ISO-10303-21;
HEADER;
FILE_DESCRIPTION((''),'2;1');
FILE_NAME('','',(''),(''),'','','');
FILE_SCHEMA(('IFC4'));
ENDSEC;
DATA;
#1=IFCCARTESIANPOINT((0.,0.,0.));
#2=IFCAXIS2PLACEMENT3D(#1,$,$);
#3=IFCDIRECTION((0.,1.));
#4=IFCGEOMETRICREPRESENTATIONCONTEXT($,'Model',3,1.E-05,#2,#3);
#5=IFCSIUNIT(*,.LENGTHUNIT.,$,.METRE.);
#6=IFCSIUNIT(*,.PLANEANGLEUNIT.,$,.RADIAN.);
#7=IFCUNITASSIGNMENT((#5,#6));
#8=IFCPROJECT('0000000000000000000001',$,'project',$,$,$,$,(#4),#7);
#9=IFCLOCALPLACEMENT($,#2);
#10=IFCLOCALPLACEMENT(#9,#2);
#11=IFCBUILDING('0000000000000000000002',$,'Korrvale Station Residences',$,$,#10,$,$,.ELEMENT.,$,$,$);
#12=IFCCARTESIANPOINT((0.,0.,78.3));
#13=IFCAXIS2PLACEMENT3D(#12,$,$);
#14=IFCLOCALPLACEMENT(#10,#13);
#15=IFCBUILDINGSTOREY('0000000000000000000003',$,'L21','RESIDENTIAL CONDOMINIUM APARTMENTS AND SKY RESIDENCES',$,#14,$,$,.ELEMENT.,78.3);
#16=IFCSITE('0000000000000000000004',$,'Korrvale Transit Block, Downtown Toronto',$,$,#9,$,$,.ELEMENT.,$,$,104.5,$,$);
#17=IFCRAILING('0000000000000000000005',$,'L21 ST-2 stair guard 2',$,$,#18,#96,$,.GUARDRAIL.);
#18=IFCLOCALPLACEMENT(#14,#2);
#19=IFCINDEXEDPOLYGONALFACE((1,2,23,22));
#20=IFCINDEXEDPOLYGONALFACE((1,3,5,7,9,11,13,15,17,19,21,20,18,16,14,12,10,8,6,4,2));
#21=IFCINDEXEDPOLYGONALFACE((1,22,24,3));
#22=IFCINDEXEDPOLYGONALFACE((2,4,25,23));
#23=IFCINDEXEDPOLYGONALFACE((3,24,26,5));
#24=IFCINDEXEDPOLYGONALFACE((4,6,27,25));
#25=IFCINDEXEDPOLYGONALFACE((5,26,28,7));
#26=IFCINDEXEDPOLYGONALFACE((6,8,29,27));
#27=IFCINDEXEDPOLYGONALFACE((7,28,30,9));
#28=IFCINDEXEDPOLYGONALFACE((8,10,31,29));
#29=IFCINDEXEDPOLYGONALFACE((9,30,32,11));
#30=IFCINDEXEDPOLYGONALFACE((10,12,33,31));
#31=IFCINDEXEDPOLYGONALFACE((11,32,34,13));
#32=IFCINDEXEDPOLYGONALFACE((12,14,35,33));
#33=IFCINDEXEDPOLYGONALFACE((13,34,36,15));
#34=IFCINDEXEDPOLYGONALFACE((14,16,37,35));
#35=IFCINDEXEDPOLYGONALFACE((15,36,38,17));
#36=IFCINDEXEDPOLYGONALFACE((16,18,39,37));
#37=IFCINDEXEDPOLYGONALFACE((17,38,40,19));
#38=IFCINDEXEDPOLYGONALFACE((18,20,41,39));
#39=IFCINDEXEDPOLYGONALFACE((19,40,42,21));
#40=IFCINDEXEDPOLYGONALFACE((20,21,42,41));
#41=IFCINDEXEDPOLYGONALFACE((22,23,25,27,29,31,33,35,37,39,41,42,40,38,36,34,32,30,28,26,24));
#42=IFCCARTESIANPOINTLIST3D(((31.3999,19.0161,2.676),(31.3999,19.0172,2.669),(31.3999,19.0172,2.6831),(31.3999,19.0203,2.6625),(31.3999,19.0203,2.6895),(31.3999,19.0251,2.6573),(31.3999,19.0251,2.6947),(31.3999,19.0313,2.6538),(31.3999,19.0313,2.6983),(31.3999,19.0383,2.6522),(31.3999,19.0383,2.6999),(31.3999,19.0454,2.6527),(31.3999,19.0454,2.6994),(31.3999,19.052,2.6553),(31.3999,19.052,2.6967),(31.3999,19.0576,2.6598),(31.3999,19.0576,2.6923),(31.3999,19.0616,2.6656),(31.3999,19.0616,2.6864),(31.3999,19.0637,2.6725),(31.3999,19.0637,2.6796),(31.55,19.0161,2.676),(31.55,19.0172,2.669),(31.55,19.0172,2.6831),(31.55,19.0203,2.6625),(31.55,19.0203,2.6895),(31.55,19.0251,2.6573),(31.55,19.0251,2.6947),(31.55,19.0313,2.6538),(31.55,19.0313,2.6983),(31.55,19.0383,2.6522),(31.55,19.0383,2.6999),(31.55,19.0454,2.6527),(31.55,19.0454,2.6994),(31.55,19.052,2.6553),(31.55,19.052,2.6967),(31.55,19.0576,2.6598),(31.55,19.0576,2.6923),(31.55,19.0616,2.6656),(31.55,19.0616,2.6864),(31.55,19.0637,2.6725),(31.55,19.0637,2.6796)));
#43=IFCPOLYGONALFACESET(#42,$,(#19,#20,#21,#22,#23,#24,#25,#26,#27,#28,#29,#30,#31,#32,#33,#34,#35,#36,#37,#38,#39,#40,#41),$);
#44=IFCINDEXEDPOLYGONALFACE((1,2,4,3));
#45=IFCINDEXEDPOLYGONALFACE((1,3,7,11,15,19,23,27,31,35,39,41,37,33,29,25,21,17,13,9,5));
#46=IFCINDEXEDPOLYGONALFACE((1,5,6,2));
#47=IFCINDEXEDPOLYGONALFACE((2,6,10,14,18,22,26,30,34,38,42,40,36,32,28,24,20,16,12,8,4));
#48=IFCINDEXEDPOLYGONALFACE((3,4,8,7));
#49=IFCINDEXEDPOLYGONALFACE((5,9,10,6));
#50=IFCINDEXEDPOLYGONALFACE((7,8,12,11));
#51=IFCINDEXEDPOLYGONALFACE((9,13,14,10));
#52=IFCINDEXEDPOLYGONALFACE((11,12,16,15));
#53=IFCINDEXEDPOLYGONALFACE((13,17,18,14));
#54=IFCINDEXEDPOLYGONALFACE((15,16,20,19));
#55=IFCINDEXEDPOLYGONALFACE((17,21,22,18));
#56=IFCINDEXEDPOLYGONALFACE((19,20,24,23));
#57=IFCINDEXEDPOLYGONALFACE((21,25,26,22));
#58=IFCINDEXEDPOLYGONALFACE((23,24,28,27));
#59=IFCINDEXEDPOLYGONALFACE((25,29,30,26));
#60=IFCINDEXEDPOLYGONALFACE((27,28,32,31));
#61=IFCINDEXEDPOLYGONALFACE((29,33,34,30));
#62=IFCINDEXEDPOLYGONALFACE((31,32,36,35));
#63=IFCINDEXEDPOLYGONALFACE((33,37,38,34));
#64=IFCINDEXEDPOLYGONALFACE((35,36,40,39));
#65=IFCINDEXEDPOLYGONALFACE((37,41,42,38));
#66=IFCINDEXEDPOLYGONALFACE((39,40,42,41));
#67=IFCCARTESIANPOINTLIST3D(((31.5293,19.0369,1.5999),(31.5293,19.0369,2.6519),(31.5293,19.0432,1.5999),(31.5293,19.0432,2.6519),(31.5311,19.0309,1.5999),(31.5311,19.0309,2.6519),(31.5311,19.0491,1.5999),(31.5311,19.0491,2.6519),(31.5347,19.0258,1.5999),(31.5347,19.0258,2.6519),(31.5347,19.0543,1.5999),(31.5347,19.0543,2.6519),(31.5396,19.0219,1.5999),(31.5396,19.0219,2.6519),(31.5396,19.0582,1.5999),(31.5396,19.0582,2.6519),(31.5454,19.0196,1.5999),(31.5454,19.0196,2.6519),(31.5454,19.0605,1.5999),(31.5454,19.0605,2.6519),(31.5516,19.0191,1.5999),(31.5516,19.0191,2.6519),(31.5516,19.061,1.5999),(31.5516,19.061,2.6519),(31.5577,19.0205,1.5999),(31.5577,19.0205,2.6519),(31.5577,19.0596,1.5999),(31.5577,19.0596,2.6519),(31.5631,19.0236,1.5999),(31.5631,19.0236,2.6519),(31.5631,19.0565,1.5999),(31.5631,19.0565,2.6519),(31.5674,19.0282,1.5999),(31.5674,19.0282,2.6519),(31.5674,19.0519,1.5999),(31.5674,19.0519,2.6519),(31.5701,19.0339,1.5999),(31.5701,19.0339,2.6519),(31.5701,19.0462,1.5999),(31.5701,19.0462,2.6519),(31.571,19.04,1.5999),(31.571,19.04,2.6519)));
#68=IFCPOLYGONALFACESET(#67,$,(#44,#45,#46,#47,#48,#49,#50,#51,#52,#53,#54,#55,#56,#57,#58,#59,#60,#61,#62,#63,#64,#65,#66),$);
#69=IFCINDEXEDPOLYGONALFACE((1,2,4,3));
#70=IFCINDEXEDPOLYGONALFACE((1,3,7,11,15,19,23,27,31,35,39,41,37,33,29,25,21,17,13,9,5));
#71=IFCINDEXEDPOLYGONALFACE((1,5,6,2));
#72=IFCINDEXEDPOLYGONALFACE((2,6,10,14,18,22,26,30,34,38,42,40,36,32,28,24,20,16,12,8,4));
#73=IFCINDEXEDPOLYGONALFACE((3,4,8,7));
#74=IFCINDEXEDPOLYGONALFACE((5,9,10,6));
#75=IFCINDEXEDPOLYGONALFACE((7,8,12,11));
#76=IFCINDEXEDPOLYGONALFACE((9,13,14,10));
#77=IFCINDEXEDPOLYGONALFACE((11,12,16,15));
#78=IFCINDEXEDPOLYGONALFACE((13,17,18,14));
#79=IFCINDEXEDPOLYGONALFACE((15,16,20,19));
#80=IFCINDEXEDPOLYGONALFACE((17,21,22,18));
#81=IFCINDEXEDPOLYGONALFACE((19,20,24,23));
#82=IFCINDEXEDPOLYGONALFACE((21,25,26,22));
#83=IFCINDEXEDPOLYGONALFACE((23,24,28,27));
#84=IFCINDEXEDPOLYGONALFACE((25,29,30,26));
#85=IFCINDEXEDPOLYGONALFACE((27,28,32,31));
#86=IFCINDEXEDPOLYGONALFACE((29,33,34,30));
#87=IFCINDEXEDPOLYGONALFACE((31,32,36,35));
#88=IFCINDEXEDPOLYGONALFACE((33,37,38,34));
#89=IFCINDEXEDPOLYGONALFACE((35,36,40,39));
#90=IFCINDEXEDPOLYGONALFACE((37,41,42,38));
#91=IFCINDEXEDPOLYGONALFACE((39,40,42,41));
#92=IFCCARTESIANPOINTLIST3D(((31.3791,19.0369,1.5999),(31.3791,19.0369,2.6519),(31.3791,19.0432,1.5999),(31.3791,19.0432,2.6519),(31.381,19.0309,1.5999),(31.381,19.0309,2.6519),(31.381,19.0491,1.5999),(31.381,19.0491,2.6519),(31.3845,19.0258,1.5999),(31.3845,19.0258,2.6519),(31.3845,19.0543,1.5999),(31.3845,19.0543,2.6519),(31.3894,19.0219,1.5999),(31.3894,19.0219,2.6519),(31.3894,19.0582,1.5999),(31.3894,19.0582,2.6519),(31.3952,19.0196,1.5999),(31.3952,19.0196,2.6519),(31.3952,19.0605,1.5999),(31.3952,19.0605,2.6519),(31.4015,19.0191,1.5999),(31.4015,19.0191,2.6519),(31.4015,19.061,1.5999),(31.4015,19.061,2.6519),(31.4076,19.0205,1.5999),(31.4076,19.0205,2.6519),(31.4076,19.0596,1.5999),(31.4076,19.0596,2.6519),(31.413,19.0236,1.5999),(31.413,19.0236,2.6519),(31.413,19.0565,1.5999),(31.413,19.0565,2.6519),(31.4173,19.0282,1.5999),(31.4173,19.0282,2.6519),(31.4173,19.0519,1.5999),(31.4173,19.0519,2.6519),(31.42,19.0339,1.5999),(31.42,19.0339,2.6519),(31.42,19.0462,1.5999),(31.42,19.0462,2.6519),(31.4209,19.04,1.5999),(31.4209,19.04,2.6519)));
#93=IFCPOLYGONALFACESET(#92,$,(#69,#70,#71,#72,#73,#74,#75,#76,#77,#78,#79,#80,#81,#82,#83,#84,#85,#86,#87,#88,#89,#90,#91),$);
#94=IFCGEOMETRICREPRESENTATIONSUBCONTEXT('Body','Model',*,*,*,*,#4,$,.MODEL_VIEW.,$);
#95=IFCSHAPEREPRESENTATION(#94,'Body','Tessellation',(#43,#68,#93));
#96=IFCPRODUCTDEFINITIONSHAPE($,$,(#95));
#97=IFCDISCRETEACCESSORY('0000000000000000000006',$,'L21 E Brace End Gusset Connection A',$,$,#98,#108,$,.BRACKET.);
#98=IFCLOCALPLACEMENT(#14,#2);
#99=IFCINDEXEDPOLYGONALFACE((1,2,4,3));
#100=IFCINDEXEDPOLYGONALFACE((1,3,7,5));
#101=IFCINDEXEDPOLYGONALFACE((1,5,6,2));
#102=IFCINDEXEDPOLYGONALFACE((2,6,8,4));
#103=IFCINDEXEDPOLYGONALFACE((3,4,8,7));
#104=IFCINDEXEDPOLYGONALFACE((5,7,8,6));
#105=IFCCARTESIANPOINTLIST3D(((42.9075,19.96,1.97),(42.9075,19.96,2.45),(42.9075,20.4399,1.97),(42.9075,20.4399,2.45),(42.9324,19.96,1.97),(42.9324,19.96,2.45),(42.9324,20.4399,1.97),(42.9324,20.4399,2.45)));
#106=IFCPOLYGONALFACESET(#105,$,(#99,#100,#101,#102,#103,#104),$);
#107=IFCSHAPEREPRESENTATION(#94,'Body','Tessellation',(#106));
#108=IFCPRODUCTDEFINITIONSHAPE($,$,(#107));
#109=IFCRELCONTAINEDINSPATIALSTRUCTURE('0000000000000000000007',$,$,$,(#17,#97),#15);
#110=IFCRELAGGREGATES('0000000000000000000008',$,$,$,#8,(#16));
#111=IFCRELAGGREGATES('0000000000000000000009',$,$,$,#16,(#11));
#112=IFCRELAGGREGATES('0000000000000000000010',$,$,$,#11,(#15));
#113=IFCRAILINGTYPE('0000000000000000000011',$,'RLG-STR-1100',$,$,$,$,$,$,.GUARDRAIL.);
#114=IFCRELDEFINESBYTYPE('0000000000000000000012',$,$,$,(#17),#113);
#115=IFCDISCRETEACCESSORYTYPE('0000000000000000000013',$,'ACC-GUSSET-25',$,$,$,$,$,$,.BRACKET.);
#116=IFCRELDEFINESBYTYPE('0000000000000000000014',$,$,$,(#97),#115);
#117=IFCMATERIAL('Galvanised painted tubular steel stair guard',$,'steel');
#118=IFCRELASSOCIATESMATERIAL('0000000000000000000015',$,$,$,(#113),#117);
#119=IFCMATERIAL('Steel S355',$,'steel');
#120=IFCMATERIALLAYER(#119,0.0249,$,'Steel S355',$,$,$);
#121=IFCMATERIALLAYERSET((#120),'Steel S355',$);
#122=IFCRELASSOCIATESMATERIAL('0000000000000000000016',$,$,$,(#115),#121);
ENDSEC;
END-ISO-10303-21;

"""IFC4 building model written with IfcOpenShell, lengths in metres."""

from ifc_helpers import new_model, si_unit, direction, frame, origin, origin_2d, place, context, subcontext, project, spatial, rectangle, circle, extrude, material, layer, layer_set, type_object, element, save


model = new_model("IFC4")

# Units and contexts
model_context = context("Model", 3, precision=1e-05, world=origin(), true_north=direction((0.0, 1.0)))
body_context = subcontext(model_context, "Body", "Model", "MODEL_VIEW")
ifc_project = project(units=[si_unit("LENGTHUNIT", "METRE"), si_unit("PLANEANGLEUNIT", "RADIAN")], contexts=[model_context])

# Site, building, storey
site_placement = place(None, origin())
site = spatial("IfcSite", under=ifc_project, at=site_placement, Name="Korrvale Transit Block, Downtown Toronto", CompositionType="ELEMENT", RefElevation=104.5)
building_placement = place(site_placement, origin())
building = spatial("IfcBuilding", under=site, at=building_placement, Name="Korrvale Station Residences", CompositionType="ELEMENT")
storey_placement = place(building_placement, frame((0.0, 0.0, 78.3)))
storey = spatial("IfcBuildingStorey", under=building, at=storey_placement, Name="L21", Description="RESIDENTIAL CONDOMINIUM APARTMENTS AND SKY RESIDENCES", CompositionType="ELEMENT", Elevation=78.3)

# Shared definitions
ifc_material_1 = material(Name="Steel S355", Category="steel")

# Railing
ifc_material_2 = material(Name="Galvanised painted tubular steel stair guard", Category="steel")
railing_type_1 = type_object("IfcRailingType", Name="RLG-STR-1100", PredefinedType="GUARDRAIL", material=ifc_material_2)
railing_1_placement = place(storey_placement, frame((31.55, 19.04, 1.5999)))
element("IfcRailing", 1, at=railing_1_placement, inside=storey, type_object=railing_type_1, Name="L21 ST-2 stair guard 2", PredefinedType="GUARDRAIL", context=body_context, shape_type="SweptSolid", body=[
    extrude(circle(Radius=0.0239, at=origin_2d()), frame((0.0, 0.0, 1.0762), z_axis=(-1.0, 0.0, 0.0), x_axis=(0.0, -1.0, 0.0)), (0.0, 0.0, 1.0), 0.1501),
    extrude(circle(Radius=0.021, at=origin_2d()), origin(), (0.0, 0.0, 1.0), 1.052),
    extrude(circle(Radius=0.021, at=origin_2d()), frame((-0.1501, 0.0, 0.0)), (0.0, 0.0, 1.0), 1.052),
])

# Discrete accessory
ifc_layer_1 = layer(ifc_material_1, 0.0249, Name="Steel S355")
ifc_layer_set_1 = layer_set([ifc_layer_1], Name="Steel S355")
discrete_accessory_type = type_object("IfcDiscreteAccessoryType", Name="ACC-GUSSET-25", PredefinedType="BRACKET", material=ifc_layer_set_1)
discrete_accessory_placement = place(storey_placement, frame((42.9199, 20.2, 1.97), z_axis=(0.0, 0.0, 1.0), x_axis=(0.0, 1.0, 0.0)))
element("IfcDiscreteAccessory", 2, at=discrete_accessory_placement, inside=storey, type_object=discrete_accessory_type, Name="L21 E Brace End Gusset Connection A", PredefinedType="BRACKET", context=body_context, shape_type="SweptSolid", body=[
    extrude(rectangle(XDim=0.48, YDim=0.0249, at=origin_2d()), origin(), (0.0, 0.0, 1.0), 0.48),
])

save(model, "model.ifc")
